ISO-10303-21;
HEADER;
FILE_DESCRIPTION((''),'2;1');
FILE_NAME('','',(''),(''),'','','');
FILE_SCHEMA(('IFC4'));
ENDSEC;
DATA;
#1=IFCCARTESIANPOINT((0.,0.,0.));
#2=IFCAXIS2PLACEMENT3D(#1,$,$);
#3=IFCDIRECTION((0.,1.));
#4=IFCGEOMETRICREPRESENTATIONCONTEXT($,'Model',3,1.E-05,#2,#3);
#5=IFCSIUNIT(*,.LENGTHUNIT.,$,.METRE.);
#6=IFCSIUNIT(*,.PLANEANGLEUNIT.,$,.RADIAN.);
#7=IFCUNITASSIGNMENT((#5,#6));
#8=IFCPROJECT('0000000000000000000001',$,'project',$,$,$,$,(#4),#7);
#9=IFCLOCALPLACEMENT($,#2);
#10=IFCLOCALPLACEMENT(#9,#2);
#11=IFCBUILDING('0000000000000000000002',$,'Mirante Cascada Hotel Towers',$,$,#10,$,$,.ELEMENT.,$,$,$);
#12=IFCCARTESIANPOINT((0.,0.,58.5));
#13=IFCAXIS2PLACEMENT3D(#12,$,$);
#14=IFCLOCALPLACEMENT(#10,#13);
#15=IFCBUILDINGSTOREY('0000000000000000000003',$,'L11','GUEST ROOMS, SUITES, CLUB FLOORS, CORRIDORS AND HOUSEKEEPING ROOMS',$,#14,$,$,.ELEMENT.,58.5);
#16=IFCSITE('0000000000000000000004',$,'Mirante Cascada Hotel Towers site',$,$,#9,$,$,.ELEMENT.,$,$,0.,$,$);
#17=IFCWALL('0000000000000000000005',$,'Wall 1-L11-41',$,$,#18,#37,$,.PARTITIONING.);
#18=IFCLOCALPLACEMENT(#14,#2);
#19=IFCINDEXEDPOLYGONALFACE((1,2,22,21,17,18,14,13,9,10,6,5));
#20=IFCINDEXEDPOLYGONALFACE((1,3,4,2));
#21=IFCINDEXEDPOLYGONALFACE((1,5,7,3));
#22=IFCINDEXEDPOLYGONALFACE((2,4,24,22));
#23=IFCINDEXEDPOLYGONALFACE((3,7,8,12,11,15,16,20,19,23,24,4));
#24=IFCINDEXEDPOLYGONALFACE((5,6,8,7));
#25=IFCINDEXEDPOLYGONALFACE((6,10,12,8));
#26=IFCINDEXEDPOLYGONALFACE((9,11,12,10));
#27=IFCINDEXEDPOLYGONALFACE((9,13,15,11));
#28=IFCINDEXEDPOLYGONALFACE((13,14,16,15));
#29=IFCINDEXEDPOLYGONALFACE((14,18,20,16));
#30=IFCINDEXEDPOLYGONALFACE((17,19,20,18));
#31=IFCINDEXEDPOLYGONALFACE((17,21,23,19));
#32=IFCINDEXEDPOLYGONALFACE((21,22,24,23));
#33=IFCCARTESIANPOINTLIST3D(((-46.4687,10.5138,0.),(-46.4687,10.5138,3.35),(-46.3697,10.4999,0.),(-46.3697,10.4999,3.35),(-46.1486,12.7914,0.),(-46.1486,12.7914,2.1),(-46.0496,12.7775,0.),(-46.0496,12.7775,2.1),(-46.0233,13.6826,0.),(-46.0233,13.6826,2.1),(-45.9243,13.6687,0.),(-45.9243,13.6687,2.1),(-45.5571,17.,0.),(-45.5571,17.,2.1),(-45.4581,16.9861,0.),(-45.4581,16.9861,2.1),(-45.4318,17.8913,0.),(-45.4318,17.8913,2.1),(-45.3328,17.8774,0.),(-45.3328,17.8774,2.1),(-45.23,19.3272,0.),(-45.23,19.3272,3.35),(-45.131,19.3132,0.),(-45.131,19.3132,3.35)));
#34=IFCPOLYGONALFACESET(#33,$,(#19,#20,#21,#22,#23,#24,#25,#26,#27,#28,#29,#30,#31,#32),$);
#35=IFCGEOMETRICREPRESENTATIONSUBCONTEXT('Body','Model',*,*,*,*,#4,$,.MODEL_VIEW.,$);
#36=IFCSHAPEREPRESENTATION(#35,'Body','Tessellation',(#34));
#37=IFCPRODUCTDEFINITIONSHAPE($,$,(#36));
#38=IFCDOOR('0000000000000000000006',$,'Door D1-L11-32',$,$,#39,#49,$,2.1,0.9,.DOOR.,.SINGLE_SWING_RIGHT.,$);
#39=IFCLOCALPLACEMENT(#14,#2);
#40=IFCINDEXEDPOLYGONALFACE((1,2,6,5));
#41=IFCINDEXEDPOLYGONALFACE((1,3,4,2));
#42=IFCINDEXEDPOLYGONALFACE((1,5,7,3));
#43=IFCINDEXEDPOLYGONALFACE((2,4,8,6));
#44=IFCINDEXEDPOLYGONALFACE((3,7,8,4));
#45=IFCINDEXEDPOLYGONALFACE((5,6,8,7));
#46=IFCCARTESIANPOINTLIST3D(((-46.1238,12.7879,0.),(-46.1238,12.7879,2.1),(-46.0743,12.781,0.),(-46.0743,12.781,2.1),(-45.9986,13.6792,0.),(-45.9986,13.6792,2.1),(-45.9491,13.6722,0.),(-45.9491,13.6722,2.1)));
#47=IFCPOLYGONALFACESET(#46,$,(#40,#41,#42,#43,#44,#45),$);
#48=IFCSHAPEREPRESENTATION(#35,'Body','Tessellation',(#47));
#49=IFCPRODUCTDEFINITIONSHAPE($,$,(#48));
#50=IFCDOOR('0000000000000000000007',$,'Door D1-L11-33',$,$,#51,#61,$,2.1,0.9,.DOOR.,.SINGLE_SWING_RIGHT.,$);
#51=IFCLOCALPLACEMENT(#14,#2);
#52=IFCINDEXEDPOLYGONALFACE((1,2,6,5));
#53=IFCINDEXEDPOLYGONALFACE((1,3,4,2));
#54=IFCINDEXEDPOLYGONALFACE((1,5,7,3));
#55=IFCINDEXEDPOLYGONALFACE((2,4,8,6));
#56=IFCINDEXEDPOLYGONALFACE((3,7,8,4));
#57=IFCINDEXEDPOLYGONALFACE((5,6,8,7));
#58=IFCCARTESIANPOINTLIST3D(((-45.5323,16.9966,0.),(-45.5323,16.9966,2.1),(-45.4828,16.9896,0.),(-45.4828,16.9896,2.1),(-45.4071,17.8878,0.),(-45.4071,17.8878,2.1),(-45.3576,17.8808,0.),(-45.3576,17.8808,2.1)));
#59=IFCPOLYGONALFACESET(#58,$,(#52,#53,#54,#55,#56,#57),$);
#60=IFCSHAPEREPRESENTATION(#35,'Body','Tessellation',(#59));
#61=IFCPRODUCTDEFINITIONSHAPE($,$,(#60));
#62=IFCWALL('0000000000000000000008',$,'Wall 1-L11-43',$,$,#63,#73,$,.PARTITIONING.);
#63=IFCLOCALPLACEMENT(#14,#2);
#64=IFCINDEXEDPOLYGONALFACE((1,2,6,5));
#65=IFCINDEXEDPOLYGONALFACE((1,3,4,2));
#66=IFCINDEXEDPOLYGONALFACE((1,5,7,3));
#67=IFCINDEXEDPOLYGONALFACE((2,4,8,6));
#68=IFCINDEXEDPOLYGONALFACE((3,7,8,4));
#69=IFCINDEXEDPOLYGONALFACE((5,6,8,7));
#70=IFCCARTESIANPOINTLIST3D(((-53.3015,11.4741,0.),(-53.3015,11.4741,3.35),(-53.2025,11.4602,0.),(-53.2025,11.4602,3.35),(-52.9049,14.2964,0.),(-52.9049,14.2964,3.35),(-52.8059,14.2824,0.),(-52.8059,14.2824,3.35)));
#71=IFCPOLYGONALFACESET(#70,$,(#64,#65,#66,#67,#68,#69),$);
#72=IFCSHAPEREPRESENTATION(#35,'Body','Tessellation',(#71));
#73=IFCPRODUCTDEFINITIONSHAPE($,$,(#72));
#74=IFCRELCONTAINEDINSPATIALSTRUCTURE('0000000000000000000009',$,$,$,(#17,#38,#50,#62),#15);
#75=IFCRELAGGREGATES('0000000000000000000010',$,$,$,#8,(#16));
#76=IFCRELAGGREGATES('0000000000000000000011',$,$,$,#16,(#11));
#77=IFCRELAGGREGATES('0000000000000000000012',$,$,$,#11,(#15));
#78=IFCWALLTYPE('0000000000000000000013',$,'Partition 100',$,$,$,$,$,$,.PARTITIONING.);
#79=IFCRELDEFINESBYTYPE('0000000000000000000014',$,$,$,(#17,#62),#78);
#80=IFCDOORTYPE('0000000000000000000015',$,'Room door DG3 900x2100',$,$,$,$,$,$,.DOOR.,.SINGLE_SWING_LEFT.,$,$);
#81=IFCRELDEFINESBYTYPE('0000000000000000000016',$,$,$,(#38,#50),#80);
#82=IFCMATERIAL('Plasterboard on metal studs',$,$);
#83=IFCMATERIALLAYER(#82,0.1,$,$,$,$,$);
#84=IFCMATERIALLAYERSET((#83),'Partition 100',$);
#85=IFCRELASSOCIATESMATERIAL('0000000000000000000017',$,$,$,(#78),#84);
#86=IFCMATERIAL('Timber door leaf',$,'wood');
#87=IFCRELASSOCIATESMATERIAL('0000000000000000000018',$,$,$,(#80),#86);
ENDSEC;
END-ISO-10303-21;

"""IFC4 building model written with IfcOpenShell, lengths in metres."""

from ifc_helpers import new_model, si_unit, direction, frame, frame_2d, origin, place, context, subcontext, project, spatial, rectangle, extrude, material, layer, layer_set, type_object, element, fill, save


model = new_model("IFC4")

# Units and contexts
model_context = context("Model", 3, precision=1e-05, world=origin(), true_north=direction((0.0, 1.0)))
body_context = subcontext(model_context, "Body", "Model", "MODEL_VIEW")
ifc_project = project(units=[si_unit("LENGTHUNIT", "METRE"), si_unit("PLANEANGLEUNIT", "RADIAN")], contexts=[model_context])

# Site, building, storey
site_placement = place(None, origin())
site = spatial("IfcSite", under=ifc_project, at=site_placement, Name="Mirante Cascada Hotel Towers site", CompositionType="ELEMENT", RefElevation=0.0)
building_placement = place(site_placement, origin())
building = spatial("IfcBuilding", under=site, at=building_placement, Name="Mirante Cascada Hotel Towers", CompositionType="ELEMENT")
storey_placement = place(building_placement, frame((0.0, 0.0, 58.5)))
storey = spatial("IfcBuildingStorey", under=building, at=storey_placement, Name="L11", Description="GUEST ROOMS, SUITES, CLUB FLOORS, CORRIDORS AND HOUSEKEEPING ROOMS", CompositionType="ELEMENT", Elevation=58.5)

# Shared definitions
ifc_material_1 = material(Name="Plasterboard on metal studs")
ifc_layer_1 = layer(ifc_material_1, 0.1)
ifc_layer_set_1 = layer_set([ifc_layer_1], Name="Partition 100")
wall_type = type_object("IfcWallType", Name="Partition 100", PredefinedType="PARTITIONING", material=ifc_layer_set_1)

# Wall, openings, doors
wall_1_placement = place(storey_placement, frame((-45.1805, 19.3202, 0.0), z_axis=(0.0, 0.0, 1.0), x_axis=(-0.139179, -0.990267, 0.0)))
wall_1 = element("IfcWall", 1, at=wall_1_placement, inside=storey, type_object=wall_type, Name="Wall 1-L11-41", PredefinedType="PARTITIONING", context=body_context, shape_type="SweptSolid", body=[
    extrude(rectangle(XDim=8.9, YDim=0.1, at=frame_2d((4.45, 0.0))), origin(), (0.0, 0.0, 1.0), 3.35),
])
opening_1_placement = place(wall_1_placement, frame((5.7, 0.0, 0.0)))
opening_1 = element("IfcOpeningElement", 2, at=opening_1_placement, cuts=wall_1, PredefinedType="OPENING", context=body_context, shape_type="SweptSolid", body=[
    extrude(rectangle(XDim=0.9, YDim=2.1, at=frame_2d((0.45, 1.05))), frame((0.0, 0.05, 0.0), z_axis=(0.0, -1.0, 0.0), x_axis=(1.0, 0.0, 0.0)), (0.0, 0.0, 1.0), 0.1),
])
opening_2_placement = place(wall_1_placement, frame((1.45, 0.0, 0.0)))
opening_2 = element("IfcOpeningElement", 3, at=opening_2_placement, cuts=wall_1, PredefinedType="OPENING", context=body_context, shape_type="SweptSolid", body=[
    extrude(rectangle(XDim=0.9, YDim=2.1, at=frame_2d((0.45, 1.05))), frame((0.0, 0.05, 0.0), z_axis=(0.0, -1.0, 0.0), x_axis=(1.0, 0.0, 0.0)), (0.0, 0.0, 1.0), 0.1),
])
ifc_material_2 = material(Name="Timber door leaf", Category="wood")
door_type_1 = type_object("IfcDoorType", Name="Room door DG3 900x2100", OperationType="SINGLE_SWING_LEFT", PredefinedType="DOOR", material=ifc_material_2)
door_1_placement = place(opening_1_placement, frame((0.9, 0.0, 0.0), z_axis=(0.0, 0.0, 1.0), x_axis=(-1.0, 0.0, 0.0)))
door_1 = element("IfcDoor", 4, at=door_1_placement, inside=storey, type_object=door_type_1, Name="Door D1-L11-32", OperationType="SINGLE_SWING_RIGHT", OverallHeight=2.1, OverallWidth=0.9, PredefinedType="DOOR", context=body_context, shape_type="SweptSolid", body=[
    extrude(rectangle(XDim=0.9, YDim=2.1, at=frame_2d((0.45, 1.05))), frame((0.0, 0.025, 0.0), z_axis=(0.0, -1.0, 0.0), x_axis=(1.0, 0.0, 0.0)), (0.0, 0.0, 1.0), 0.05),
])
fill(opening_1, door_1)
door_2_placement = place(opening_2_placement, frame((0.9, 0.0, 0.0), z_axis=(0.0, 0.0, 1.0), x_axis=(-1.0, 0.0, 0.0)))
door_2 = element("IfcDoor", 5, at=door_2_placement, inside=storey, type_object=door_type_1, Name="Door D1-L11-33", OperationType="SINGLE_SWING_RIGHT", OverallHeight=2.1, OverallWidth=0.9, PredefinedType="DOOR", context=body_context, shape_type="SweptSolid", body=[
    extrude(rectangle(XDim=0.9, YDim=2.1, at=frame_2d((0.45, 1.05))), frame((0.0, 0.025, 0.0), z_axis=(0.0, -1.0, 0.0), x_axis=(1.0, 0.0, 0.0)), (0.0, 0.0, 1.0), 0.05),
])
fill(opening_2, door_2)

# Wall
wall_2_placement = place(storey_placement, frame((-52.8554, 14.2894, 0.0), z_axis=(0.0, 0.0, 1.0), x_axis=(-0.139156, -0.99027, 0.0)))
element("IfcWall", 6, at=wall_2_placement, inside=storey, type_object=wall_type, Name="Wall 1-L11-43", PredefinedType="PARTITIONING", context=body_context, shape_type="SweptSolid", body=[
    extrude(rectangle(XDim=2.85, YDim=0.1, at=frame_2d((1.425, 0.0))), origin(), (0.0, 0.0, 1.0), 3.35),
])

save(model, "model.ifc")
